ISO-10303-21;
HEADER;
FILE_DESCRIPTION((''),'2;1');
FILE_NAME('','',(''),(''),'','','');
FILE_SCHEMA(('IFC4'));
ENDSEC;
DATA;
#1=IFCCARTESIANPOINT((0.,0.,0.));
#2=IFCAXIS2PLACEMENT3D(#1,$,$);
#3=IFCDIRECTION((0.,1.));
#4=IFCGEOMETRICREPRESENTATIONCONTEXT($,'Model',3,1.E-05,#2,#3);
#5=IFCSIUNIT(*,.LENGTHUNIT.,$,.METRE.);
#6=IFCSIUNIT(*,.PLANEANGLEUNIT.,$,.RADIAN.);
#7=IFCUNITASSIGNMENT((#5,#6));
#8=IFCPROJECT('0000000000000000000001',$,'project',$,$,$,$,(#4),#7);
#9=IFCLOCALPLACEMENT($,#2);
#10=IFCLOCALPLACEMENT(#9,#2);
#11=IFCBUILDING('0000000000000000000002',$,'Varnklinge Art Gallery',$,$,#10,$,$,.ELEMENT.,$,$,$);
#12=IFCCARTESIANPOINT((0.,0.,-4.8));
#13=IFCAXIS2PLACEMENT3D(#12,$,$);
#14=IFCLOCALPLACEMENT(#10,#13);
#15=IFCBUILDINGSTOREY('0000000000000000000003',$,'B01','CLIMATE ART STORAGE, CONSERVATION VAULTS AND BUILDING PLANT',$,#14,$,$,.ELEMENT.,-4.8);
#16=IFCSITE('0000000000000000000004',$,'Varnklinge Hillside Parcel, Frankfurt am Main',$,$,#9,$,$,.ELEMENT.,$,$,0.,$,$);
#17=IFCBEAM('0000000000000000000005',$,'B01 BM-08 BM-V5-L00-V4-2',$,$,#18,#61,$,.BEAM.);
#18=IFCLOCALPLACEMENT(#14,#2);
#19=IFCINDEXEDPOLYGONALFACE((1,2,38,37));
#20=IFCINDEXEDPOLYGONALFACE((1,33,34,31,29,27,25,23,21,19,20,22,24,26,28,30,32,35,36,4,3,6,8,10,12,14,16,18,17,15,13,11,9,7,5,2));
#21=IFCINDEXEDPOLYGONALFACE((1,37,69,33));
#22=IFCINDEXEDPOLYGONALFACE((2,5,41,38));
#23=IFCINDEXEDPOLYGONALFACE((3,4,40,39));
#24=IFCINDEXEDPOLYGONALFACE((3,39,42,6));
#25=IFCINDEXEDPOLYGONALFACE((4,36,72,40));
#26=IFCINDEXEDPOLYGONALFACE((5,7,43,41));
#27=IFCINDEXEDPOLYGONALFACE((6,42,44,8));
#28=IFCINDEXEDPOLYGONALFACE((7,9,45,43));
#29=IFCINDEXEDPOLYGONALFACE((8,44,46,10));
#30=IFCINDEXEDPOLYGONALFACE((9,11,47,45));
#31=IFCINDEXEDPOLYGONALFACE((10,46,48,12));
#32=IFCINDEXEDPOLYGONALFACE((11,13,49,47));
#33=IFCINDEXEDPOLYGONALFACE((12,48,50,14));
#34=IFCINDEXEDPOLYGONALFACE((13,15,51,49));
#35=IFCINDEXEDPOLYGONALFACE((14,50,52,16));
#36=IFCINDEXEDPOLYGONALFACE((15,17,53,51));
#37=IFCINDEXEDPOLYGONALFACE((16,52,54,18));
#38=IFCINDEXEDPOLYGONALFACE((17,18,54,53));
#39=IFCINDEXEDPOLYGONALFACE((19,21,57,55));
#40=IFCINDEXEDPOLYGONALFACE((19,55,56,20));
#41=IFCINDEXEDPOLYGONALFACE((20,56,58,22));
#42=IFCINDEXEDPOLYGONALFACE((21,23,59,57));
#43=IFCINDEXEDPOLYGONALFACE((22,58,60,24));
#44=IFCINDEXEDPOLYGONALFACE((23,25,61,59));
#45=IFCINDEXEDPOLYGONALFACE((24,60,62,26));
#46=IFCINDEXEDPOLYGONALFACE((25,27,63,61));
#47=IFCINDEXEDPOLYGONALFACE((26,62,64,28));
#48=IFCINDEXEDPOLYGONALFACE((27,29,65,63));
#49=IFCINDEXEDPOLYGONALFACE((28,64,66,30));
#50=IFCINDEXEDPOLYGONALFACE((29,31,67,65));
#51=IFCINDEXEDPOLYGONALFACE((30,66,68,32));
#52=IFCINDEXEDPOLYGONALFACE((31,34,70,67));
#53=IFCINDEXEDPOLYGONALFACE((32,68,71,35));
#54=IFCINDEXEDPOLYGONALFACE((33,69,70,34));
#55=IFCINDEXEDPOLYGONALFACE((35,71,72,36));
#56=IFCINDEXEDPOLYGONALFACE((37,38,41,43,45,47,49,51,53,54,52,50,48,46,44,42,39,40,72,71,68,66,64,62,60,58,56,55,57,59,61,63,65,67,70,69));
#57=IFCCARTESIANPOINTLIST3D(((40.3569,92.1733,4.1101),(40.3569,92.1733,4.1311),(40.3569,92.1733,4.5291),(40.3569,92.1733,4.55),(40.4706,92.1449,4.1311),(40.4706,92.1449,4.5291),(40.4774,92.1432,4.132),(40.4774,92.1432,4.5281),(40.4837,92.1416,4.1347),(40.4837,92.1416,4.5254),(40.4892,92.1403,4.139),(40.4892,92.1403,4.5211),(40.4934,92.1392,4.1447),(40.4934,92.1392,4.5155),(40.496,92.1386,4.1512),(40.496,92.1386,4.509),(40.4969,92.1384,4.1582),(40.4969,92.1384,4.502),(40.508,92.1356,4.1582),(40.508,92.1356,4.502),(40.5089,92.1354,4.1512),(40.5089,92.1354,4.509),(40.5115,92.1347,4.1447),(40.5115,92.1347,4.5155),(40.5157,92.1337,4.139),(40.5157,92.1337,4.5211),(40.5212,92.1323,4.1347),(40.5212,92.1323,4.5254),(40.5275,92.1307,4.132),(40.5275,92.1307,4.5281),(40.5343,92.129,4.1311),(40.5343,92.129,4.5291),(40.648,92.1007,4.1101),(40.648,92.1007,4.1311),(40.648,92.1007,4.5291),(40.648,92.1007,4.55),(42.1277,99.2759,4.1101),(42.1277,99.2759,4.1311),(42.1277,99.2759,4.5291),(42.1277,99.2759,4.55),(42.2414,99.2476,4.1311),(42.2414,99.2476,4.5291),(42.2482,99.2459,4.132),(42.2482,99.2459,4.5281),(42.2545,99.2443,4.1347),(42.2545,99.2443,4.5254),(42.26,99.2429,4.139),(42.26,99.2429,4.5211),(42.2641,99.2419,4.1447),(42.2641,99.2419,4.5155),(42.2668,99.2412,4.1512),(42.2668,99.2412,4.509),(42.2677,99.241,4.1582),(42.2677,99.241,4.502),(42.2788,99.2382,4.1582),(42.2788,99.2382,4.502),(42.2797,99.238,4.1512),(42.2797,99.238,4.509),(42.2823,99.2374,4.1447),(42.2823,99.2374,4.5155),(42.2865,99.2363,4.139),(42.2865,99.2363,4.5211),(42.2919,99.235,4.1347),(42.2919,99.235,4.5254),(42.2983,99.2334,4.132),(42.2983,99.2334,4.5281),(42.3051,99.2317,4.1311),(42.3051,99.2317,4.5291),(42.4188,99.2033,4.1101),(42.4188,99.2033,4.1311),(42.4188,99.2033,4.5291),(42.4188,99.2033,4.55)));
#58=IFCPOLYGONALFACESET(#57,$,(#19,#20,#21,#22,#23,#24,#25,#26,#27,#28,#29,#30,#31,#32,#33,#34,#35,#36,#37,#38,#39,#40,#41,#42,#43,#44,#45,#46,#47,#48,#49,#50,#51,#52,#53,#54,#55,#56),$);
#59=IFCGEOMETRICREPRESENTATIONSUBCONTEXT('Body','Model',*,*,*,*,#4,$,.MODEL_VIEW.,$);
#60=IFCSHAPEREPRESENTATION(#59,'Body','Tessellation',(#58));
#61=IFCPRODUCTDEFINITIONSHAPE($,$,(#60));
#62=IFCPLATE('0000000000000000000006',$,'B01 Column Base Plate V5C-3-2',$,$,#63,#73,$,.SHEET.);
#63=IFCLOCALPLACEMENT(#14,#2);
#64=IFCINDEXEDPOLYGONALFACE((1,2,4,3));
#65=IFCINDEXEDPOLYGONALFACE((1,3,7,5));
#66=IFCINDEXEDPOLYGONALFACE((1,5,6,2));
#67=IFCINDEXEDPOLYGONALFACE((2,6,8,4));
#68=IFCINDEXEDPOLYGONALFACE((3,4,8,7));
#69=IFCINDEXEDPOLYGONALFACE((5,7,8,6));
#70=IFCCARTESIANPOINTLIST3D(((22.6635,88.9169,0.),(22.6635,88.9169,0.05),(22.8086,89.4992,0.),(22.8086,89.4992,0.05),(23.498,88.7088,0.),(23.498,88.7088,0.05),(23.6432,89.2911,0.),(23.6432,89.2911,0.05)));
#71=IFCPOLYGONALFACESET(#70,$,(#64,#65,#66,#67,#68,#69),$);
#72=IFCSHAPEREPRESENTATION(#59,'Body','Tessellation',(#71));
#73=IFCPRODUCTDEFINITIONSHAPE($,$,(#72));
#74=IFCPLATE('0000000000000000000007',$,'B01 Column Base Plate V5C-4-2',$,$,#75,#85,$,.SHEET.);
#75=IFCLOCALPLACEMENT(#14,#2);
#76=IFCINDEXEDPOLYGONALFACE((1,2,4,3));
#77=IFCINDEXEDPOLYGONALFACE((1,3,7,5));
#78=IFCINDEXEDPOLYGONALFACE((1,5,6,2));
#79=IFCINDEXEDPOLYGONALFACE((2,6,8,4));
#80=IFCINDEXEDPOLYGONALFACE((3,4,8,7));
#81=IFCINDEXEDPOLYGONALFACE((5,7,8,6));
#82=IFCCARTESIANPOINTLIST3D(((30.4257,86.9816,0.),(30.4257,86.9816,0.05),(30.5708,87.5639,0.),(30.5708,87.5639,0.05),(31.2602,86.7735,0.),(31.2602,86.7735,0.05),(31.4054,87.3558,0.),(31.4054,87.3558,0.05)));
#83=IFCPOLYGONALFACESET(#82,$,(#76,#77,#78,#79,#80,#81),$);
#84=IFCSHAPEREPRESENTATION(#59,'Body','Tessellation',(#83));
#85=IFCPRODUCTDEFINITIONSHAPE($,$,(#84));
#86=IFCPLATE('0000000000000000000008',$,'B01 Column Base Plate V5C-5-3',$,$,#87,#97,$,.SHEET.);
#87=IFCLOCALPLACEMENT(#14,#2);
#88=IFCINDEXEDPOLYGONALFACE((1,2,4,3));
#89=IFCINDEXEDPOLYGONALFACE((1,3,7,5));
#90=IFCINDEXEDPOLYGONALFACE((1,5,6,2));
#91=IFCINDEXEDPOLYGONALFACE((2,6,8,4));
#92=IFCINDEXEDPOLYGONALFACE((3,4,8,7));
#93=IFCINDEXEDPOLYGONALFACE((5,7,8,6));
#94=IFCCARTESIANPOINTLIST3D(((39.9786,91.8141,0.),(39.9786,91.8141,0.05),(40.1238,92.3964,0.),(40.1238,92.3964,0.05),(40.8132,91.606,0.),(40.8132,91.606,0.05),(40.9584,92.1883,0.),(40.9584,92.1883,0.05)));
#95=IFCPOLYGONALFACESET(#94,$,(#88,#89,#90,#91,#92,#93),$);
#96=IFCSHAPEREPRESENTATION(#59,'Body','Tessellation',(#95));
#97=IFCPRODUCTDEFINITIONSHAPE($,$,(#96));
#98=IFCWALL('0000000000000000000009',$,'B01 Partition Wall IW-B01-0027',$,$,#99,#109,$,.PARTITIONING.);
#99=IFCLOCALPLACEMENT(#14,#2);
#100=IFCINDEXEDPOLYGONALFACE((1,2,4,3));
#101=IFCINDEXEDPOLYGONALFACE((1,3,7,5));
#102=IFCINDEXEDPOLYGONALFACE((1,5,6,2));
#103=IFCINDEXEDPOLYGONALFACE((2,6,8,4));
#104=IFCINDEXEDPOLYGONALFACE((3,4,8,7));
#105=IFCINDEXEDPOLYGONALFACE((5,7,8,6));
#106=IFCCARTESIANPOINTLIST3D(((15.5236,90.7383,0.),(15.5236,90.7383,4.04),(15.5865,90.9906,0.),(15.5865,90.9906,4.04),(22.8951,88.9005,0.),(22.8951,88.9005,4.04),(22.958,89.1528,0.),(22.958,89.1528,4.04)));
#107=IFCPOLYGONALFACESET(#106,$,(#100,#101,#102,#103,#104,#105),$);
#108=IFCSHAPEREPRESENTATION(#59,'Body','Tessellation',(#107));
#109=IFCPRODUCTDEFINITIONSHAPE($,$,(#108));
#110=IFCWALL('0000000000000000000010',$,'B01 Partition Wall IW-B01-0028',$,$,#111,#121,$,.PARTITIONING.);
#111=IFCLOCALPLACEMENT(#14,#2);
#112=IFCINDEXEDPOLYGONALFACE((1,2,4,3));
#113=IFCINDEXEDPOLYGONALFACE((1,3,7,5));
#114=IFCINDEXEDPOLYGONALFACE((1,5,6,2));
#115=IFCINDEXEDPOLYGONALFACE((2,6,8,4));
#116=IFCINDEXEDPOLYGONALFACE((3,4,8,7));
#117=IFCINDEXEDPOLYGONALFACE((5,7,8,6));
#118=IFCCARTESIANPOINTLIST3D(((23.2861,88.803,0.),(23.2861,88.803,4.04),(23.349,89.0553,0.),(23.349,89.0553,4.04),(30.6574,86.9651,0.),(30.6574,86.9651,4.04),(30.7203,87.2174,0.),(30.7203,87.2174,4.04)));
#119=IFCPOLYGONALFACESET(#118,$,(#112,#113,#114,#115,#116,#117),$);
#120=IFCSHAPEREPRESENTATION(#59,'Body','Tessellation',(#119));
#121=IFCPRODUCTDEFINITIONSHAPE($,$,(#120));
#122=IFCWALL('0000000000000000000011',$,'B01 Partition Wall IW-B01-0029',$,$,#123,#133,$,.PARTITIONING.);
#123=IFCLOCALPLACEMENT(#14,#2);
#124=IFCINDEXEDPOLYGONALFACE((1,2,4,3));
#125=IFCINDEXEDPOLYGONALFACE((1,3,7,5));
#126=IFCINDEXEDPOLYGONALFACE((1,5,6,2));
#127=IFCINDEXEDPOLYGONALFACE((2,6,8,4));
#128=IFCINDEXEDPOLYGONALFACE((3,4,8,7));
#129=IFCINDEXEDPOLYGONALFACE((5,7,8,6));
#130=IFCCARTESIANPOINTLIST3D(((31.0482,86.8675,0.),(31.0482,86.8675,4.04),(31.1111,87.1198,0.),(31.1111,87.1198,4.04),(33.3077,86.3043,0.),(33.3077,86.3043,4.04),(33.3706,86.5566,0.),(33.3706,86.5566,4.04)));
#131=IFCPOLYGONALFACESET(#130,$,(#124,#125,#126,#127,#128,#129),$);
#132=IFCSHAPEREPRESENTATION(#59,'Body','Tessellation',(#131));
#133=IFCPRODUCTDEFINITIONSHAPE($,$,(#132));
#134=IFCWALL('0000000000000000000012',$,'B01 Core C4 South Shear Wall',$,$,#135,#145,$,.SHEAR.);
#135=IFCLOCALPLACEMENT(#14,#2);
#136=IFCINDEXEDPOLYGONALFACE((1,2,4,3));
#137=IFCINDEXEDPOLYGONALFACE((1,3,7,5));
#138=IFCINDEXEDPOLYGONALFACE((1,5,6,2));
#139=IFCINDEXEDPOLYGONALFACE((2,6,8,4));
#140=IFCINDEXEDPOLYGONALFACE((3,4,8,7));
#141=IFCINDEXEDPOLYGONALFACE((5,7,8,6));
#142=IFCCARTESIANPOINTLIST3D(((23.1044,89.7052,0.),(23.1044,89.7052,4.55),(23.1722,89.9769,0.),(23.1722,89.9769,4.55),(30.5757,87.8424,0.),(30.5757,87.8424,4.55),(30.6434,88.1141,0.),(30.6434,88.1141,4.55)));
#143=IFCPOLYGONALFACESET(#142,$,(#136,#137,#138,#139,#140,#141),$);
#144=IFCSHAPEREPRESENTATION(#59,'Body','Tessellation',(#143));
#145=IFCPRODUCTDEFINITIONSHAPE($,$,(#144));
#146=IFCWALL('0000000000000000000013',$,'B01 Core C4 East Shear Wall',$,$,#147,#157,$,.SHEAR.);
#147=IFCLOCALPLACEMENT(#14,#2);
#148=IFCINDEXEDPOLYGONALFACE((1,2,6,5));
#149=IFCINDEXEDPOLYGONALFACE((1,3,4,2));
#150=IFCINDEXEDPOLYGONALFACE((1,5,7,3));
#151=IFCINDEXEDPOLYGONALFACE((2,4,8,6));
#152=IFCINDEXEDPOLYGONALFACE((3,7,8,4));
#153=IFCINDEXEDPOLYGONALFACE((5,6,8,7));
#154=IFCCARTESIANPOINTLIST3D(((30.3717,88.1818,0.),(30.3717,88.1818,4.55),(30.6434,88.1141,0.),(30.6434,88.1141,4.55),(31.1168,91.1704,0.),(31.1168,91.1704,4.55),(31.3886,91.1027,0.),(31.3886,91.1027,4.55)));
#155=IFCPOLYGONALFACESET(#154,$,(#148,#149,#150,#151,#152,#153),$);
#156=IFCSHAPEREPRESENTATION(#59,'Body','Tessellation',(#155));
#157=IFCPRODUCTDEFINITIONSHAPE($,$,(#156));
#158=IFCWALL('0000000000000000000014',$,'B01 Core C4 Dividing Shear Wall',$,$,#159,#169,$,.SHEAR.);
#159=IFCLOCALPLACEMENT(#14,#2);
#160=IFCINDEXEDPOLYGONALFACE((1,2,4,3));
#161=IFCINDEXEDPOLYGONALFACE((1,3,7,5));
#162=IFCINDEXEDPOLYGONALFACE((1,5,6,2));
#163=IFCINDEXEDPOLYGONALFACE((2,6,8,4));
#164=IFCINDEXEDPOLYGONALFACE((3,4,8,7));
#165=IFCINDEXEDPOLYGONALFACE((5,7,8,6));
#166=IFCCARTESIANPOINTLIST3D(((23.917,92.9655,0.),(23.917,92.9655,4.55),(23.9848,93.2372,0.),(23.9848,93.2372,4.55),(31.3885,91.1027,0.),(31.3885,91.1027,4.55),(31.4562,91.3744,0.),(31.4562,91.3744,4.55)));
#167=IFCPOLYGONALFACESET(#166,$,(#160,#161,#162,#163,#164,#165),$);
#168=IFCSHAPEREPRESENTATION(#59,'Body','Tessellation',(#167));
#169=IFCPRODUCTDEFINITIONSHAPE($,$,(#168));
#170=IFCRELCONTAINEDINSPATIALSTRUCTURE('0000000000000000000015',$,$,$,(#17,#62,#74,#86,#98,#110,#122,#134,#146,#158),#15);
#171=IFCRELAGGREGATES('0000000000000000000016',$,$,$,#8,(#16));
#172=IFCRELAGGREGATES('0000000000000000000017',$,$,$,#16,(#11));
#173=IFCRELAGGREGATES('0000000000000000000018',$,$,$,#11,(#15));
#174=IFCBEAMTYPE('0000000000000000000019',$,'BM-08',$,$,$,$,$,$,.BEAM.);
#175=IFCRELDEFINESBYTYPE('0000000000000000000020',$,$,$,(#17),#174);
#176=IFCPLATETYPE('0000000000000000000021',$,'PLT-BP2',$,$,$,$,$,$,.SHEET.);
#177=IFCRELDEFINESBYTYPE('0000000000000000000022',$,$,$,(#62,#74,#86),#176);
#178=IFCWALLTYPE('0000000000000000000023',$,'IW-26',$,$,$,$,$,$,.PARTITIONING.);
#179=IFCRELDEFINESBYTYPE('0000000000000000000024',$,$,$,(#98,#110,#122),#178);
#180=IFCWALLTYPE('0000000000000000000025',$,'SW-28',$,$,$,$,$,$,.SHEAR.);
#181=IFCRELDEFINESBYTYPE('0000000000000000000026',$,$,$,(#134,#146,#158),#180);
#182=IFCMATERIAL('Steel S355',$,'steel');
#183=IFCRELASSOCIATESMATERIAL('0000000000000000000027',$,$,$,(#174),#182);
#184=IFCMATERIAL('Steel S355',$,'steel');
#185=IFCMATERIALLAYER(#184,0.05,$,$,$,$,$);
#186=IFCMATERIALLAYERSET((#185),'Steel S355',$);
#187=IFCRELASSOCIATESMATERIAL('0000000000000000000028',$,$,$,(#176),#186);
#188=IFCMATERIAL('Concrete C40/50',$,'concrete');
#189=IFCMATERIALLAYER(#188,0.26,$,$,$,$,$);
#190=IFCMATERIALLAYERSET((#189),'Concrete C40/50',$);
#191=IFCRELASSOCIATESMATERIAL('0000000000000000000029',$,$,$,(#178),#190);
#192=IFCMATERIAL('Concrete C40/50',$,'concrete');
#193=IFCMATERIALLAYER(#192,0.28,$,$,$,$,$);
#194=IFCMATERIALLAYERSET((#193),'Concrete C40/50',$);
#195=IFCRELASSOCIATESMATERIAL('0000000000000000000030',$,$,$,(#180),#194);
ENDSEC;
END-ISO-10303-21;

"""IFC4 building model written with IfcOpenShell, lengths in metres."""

from ifc_helpers import new_model, si_unit, direction, frame, frame_2d, origin, origin_2d, place, context, subcontext, project, spatial, rectangle, i_section, extrude, material, layer, layer_set, material_profile, profile_set, type_object, element, save


model = new_model("IFC4")

# Units and contexts
model_context = context("Model", 3, precision=1e-05, world=origin(), true_north=direction((0.0, 1.0)))
body_context = subcontext(model_context, "Body", "Model", "MODEL_VIEW")
ifc_project = project(units=[si_unit("LENGTHUNIT", "METRE"), si_unit("PLANEANGLEUNIT", "RADIAN")], contexts=[model_context])

# Site, building, storey
site_placement = place(None, origin())
site = spatial("IfcSite", under=ifc_project, at=site_placement, Name="Varnklinge Hillside Parcel, Frankfurt am Main", CompositionType="ELEMENT", RefElevation=0.0)
building_placement = place(site_placement, origin())
building = spatial("IfcBuilding", under=site, at=building_placement, Name="Varnklinge Art Gallery", CompositionType="ELEMENT")
storey_placement = place(building_placement, frame((0.0, 0.0, -4.8)))
storey = spatial("IfcBuildingStorey", under=building, at=storey_placement, Name="B01", Description="CLIMATE ART STORAGE, CONSERVATION VAULTS AND BUILDING PLANT", CompositionType="ELEMENT", Elevation=-4.8)

# Beam
ifc_material_1 = material(Name="Steel S355", Category="steel")
ifc_material_profile_1 = material_profile(ifc_material_1, i_section(OverallWidth=0.3, OverallDepth=0.4399, WebThickness=0.0115, FlangeThickness=0.021, FilletRadius=0.0271, at=origin_2d()), Name="HEA 450")
ifc_profile_set_1 = profile_set([ifc_material_profile_1], Name="Steel S355")
beam_type_1 = type_object("IfcBeamType", Name="BM-08", PredefinedType="BEAM", material=ifc_profile_set_1)
beam_1_placement = place(storey_placement, frame((40.5024, 92.137, 4.3301), z_axis=(0.241908, 0.970299, 0.0), x_axis=(-0.970299, 0.241908, 0.0)))
element("IfcBeam", 1, at=beam_1_placement, inside=storey, type_object=beam_type_1, Name="B01 BM-08 BM-V5-L00-V4-2", PredefinedType="BEAM", context=body_context, shape_type="SweptSolid", body=[
    extrude(i_section(OverallWidth=0.3, OverallDepth=0.4399, WebThickness=0.0115, FlangeThickness=0.021, FilletRadius=0.0271, at=origin_2d()), origin(), (0.0, 0.0, 1.0), 7.3201),
])

# Plates
ifc_material_2 = material(Name="Steel S355", Category="steel")
ifc_layer_1 = layer(ifc_material_2, 0.05)
ifc_layer_set_1 = layer_set([ifc_layer_1], Name="Steel S355")
plate_type = type_object("IfcPlateType", Name="PLT-BP2", PredefinedType="SHEET", material=ifc_layer_set_1)
for number, where, z_axis, x_axis, name in (
    (2, (23.1533, 89.104, 0.0), (0.0, 0.0, 1.0), (0.970296, -0.241922, 0.0), "B01 Column Base Plate V5C-3-2"),
    (3, (30.9155, 87.1687, 0.0), (0.0, 0.0, 1.0), (0.970296, -0.241922, 0.0), "B01 Column Base Plate V5C-4-2"),
    (4, (40.4685, 92.0012, 0.0), (0.0, 0.0, 1.0), (0.970296, -0.241922, 0.0), "B01 Column Base Plate V5C-5-3"),
):
    element("IfcPlate", number, at=place(storey_placement, frame(where, z_axis=z_axis, x_axis=x_axis)), inside=storey, type_object=plate_type, Name=name, PredefinedType="SHEET", context=body_context, shape_type="SweptSolid", body=[
        extrude(rectangle(XDim=0.8601, YDim=0.6001, at=origin_2d()), origin(), (0.0, 0.0, 1.0), 0.05),
    ])

# Walls
ifc_material_3 = material(Name="Concrete C40/50", Category="concrete")
ifc_layer_2 = layer(ifc_material_3, 0.26)
ifc_layer_set_2 = layer_set([ifc_layer_2], Name="Concrete C40/50")
wall_type_1 = type_object("IfcWallType", Name="IW-26", PredefinedType="PARTITIONING", material=ifc_layer_set_2)
wall_1_placement = place(storey_placement, frame((22.9265, 89.0266, 0.0), z_axis=(0.0, 0.0, 1.0), x_axis=(-0.970297, 0.241916, 0.0)))
element("IfcWall", 5, at=wall_1_placement, inside=storey, type_object=wall_type_1, Name="B01 Partition Wall IW-B01-0027", PredefinedType="PARTITIONING", context=body_context, shape_type="SweptSolid", body=[
    extrude(rectangle(XDim=7.5972, YDim=0.26, at=frame_2d((3.7986, 0.0))), origin(), (0.0, 0.0, 1.0), 4.04),
])
wall_2_placement = place(storey_placement, frame((30.6887, 87.0913, 0.0), z_axis=(0.0, 0.0, 1.0), x_axis=(-0.970295, 0.241923, 0.0)))
element("IfcWall", 6, at=wall_2_placement, inside=storey, type_object=wall_type_1, Name="B01 Partition Wall IW-B01-0028", PredefinedType="PARTITIONING", context=body_context, shape_type="SweptSolid", body=[
    extrude(rectangle(XDim=7.5969, YDim=0.26, at=frame_2d((3.7983, 0.0))), origin(), (0.0, 0.0, 1.0), 4.04),
])
wall_3_placement = place(storey_placement, frame((33.3391, 86.4304, 0.0), z_axis=(0.0, 0.0, 1.0), x_axis=(-0.970309, 0.24187, 0.0)))
element("IfcWall", 7, at=wall_3_placement, inside=storey, type_object=wall_type_1, Name="B01 Partition Wall IW-B01-0029", PredefinedType="PARTITIONING", context=body_context, shape_type="SweptSolid", body=[
    extrude(rectangle(XDim=2.3286, YDim=0.26, at=frame_2d((1.1643, 0.0))), origin(), (0.0, 0.0, 1.0), 4.04),
])
ifc_material_4 = material(Name="Concrete C40/50", Category="concrete")
ifc_layer_3 = layer(ifc_material_4, 0.28)
ifc_layer_set_3 = layer_set([ifc_layer_3], Name="Concrete C40/50")
wall_type_2 = type_object("IfcWallType", Name="SW-28", PredefinedType="SHEAR", material=ifc_layer_set_3)
wall_4_placement = place(storey_placement, frame((23.1382, 89.8411, 0.0), z_axis=(0.0, 0.0, 1.0), x_axis=(0.970295, -0.241924, 0.0)))
element("IfcWall", 8, at=wall_4_placement, inside=storey, type_object=wall_type_2, Name="B01 Core C4 South Shear Wall", PredefinedType="SHEAR", context=body_context, shape_type="SweptSolid", body=[
    extrude(rectangle(XDim=7.7, YDim=0.28, at=frame_2d((3.8501, 0.0))), origin(), (0.0, 0.0, 1.0), 4.55),
])
wall_5_placement = place(storey_placement, frame((30.5076, 88.1479, 0.0), z_axis=(0.0, 0.0, 1.0), x_axis=(0.24192, 0.970296, 0.0)))
element("IfcWall", 9, at=wall_5_placement, inside=storey, type_object=wall_type_2, Name="B01 Core C4 East Shear Wall", PredefinedType="SHEAR", context=body_context, shape_type="SweptSolid", body=[
    extrude(rectangle(XDim=3.0801, YDim=0.28, at=frame_2d((1.54, 0.0))), origin(), (0.0, 0.0, 1.0), 4.55),
])
wall_6_placement = place(storey_placement, frame((31.4224, 91.2385, 0.0), z_axis=(0.0, 0.0, 1.0), x_axis=(-0.970297, 0.241916, 0.0)))
element("IfcWall", 10, at=wall_6_placement, inside=storey, type_object=wall_type_2, Name="B01 Core C4 Dividing Shear Wall", PredefinedType="SHEAR", context=body_context, shape_type="SweptSolid", body=[
    extrude(rectangle(XDim=7.7002, YDim=0.28, at=frame_2d((3.8501, 0.0))), origin(), (0.0, 0.0, 1.0), 4.55),
])

save(model, "model.ifc")
